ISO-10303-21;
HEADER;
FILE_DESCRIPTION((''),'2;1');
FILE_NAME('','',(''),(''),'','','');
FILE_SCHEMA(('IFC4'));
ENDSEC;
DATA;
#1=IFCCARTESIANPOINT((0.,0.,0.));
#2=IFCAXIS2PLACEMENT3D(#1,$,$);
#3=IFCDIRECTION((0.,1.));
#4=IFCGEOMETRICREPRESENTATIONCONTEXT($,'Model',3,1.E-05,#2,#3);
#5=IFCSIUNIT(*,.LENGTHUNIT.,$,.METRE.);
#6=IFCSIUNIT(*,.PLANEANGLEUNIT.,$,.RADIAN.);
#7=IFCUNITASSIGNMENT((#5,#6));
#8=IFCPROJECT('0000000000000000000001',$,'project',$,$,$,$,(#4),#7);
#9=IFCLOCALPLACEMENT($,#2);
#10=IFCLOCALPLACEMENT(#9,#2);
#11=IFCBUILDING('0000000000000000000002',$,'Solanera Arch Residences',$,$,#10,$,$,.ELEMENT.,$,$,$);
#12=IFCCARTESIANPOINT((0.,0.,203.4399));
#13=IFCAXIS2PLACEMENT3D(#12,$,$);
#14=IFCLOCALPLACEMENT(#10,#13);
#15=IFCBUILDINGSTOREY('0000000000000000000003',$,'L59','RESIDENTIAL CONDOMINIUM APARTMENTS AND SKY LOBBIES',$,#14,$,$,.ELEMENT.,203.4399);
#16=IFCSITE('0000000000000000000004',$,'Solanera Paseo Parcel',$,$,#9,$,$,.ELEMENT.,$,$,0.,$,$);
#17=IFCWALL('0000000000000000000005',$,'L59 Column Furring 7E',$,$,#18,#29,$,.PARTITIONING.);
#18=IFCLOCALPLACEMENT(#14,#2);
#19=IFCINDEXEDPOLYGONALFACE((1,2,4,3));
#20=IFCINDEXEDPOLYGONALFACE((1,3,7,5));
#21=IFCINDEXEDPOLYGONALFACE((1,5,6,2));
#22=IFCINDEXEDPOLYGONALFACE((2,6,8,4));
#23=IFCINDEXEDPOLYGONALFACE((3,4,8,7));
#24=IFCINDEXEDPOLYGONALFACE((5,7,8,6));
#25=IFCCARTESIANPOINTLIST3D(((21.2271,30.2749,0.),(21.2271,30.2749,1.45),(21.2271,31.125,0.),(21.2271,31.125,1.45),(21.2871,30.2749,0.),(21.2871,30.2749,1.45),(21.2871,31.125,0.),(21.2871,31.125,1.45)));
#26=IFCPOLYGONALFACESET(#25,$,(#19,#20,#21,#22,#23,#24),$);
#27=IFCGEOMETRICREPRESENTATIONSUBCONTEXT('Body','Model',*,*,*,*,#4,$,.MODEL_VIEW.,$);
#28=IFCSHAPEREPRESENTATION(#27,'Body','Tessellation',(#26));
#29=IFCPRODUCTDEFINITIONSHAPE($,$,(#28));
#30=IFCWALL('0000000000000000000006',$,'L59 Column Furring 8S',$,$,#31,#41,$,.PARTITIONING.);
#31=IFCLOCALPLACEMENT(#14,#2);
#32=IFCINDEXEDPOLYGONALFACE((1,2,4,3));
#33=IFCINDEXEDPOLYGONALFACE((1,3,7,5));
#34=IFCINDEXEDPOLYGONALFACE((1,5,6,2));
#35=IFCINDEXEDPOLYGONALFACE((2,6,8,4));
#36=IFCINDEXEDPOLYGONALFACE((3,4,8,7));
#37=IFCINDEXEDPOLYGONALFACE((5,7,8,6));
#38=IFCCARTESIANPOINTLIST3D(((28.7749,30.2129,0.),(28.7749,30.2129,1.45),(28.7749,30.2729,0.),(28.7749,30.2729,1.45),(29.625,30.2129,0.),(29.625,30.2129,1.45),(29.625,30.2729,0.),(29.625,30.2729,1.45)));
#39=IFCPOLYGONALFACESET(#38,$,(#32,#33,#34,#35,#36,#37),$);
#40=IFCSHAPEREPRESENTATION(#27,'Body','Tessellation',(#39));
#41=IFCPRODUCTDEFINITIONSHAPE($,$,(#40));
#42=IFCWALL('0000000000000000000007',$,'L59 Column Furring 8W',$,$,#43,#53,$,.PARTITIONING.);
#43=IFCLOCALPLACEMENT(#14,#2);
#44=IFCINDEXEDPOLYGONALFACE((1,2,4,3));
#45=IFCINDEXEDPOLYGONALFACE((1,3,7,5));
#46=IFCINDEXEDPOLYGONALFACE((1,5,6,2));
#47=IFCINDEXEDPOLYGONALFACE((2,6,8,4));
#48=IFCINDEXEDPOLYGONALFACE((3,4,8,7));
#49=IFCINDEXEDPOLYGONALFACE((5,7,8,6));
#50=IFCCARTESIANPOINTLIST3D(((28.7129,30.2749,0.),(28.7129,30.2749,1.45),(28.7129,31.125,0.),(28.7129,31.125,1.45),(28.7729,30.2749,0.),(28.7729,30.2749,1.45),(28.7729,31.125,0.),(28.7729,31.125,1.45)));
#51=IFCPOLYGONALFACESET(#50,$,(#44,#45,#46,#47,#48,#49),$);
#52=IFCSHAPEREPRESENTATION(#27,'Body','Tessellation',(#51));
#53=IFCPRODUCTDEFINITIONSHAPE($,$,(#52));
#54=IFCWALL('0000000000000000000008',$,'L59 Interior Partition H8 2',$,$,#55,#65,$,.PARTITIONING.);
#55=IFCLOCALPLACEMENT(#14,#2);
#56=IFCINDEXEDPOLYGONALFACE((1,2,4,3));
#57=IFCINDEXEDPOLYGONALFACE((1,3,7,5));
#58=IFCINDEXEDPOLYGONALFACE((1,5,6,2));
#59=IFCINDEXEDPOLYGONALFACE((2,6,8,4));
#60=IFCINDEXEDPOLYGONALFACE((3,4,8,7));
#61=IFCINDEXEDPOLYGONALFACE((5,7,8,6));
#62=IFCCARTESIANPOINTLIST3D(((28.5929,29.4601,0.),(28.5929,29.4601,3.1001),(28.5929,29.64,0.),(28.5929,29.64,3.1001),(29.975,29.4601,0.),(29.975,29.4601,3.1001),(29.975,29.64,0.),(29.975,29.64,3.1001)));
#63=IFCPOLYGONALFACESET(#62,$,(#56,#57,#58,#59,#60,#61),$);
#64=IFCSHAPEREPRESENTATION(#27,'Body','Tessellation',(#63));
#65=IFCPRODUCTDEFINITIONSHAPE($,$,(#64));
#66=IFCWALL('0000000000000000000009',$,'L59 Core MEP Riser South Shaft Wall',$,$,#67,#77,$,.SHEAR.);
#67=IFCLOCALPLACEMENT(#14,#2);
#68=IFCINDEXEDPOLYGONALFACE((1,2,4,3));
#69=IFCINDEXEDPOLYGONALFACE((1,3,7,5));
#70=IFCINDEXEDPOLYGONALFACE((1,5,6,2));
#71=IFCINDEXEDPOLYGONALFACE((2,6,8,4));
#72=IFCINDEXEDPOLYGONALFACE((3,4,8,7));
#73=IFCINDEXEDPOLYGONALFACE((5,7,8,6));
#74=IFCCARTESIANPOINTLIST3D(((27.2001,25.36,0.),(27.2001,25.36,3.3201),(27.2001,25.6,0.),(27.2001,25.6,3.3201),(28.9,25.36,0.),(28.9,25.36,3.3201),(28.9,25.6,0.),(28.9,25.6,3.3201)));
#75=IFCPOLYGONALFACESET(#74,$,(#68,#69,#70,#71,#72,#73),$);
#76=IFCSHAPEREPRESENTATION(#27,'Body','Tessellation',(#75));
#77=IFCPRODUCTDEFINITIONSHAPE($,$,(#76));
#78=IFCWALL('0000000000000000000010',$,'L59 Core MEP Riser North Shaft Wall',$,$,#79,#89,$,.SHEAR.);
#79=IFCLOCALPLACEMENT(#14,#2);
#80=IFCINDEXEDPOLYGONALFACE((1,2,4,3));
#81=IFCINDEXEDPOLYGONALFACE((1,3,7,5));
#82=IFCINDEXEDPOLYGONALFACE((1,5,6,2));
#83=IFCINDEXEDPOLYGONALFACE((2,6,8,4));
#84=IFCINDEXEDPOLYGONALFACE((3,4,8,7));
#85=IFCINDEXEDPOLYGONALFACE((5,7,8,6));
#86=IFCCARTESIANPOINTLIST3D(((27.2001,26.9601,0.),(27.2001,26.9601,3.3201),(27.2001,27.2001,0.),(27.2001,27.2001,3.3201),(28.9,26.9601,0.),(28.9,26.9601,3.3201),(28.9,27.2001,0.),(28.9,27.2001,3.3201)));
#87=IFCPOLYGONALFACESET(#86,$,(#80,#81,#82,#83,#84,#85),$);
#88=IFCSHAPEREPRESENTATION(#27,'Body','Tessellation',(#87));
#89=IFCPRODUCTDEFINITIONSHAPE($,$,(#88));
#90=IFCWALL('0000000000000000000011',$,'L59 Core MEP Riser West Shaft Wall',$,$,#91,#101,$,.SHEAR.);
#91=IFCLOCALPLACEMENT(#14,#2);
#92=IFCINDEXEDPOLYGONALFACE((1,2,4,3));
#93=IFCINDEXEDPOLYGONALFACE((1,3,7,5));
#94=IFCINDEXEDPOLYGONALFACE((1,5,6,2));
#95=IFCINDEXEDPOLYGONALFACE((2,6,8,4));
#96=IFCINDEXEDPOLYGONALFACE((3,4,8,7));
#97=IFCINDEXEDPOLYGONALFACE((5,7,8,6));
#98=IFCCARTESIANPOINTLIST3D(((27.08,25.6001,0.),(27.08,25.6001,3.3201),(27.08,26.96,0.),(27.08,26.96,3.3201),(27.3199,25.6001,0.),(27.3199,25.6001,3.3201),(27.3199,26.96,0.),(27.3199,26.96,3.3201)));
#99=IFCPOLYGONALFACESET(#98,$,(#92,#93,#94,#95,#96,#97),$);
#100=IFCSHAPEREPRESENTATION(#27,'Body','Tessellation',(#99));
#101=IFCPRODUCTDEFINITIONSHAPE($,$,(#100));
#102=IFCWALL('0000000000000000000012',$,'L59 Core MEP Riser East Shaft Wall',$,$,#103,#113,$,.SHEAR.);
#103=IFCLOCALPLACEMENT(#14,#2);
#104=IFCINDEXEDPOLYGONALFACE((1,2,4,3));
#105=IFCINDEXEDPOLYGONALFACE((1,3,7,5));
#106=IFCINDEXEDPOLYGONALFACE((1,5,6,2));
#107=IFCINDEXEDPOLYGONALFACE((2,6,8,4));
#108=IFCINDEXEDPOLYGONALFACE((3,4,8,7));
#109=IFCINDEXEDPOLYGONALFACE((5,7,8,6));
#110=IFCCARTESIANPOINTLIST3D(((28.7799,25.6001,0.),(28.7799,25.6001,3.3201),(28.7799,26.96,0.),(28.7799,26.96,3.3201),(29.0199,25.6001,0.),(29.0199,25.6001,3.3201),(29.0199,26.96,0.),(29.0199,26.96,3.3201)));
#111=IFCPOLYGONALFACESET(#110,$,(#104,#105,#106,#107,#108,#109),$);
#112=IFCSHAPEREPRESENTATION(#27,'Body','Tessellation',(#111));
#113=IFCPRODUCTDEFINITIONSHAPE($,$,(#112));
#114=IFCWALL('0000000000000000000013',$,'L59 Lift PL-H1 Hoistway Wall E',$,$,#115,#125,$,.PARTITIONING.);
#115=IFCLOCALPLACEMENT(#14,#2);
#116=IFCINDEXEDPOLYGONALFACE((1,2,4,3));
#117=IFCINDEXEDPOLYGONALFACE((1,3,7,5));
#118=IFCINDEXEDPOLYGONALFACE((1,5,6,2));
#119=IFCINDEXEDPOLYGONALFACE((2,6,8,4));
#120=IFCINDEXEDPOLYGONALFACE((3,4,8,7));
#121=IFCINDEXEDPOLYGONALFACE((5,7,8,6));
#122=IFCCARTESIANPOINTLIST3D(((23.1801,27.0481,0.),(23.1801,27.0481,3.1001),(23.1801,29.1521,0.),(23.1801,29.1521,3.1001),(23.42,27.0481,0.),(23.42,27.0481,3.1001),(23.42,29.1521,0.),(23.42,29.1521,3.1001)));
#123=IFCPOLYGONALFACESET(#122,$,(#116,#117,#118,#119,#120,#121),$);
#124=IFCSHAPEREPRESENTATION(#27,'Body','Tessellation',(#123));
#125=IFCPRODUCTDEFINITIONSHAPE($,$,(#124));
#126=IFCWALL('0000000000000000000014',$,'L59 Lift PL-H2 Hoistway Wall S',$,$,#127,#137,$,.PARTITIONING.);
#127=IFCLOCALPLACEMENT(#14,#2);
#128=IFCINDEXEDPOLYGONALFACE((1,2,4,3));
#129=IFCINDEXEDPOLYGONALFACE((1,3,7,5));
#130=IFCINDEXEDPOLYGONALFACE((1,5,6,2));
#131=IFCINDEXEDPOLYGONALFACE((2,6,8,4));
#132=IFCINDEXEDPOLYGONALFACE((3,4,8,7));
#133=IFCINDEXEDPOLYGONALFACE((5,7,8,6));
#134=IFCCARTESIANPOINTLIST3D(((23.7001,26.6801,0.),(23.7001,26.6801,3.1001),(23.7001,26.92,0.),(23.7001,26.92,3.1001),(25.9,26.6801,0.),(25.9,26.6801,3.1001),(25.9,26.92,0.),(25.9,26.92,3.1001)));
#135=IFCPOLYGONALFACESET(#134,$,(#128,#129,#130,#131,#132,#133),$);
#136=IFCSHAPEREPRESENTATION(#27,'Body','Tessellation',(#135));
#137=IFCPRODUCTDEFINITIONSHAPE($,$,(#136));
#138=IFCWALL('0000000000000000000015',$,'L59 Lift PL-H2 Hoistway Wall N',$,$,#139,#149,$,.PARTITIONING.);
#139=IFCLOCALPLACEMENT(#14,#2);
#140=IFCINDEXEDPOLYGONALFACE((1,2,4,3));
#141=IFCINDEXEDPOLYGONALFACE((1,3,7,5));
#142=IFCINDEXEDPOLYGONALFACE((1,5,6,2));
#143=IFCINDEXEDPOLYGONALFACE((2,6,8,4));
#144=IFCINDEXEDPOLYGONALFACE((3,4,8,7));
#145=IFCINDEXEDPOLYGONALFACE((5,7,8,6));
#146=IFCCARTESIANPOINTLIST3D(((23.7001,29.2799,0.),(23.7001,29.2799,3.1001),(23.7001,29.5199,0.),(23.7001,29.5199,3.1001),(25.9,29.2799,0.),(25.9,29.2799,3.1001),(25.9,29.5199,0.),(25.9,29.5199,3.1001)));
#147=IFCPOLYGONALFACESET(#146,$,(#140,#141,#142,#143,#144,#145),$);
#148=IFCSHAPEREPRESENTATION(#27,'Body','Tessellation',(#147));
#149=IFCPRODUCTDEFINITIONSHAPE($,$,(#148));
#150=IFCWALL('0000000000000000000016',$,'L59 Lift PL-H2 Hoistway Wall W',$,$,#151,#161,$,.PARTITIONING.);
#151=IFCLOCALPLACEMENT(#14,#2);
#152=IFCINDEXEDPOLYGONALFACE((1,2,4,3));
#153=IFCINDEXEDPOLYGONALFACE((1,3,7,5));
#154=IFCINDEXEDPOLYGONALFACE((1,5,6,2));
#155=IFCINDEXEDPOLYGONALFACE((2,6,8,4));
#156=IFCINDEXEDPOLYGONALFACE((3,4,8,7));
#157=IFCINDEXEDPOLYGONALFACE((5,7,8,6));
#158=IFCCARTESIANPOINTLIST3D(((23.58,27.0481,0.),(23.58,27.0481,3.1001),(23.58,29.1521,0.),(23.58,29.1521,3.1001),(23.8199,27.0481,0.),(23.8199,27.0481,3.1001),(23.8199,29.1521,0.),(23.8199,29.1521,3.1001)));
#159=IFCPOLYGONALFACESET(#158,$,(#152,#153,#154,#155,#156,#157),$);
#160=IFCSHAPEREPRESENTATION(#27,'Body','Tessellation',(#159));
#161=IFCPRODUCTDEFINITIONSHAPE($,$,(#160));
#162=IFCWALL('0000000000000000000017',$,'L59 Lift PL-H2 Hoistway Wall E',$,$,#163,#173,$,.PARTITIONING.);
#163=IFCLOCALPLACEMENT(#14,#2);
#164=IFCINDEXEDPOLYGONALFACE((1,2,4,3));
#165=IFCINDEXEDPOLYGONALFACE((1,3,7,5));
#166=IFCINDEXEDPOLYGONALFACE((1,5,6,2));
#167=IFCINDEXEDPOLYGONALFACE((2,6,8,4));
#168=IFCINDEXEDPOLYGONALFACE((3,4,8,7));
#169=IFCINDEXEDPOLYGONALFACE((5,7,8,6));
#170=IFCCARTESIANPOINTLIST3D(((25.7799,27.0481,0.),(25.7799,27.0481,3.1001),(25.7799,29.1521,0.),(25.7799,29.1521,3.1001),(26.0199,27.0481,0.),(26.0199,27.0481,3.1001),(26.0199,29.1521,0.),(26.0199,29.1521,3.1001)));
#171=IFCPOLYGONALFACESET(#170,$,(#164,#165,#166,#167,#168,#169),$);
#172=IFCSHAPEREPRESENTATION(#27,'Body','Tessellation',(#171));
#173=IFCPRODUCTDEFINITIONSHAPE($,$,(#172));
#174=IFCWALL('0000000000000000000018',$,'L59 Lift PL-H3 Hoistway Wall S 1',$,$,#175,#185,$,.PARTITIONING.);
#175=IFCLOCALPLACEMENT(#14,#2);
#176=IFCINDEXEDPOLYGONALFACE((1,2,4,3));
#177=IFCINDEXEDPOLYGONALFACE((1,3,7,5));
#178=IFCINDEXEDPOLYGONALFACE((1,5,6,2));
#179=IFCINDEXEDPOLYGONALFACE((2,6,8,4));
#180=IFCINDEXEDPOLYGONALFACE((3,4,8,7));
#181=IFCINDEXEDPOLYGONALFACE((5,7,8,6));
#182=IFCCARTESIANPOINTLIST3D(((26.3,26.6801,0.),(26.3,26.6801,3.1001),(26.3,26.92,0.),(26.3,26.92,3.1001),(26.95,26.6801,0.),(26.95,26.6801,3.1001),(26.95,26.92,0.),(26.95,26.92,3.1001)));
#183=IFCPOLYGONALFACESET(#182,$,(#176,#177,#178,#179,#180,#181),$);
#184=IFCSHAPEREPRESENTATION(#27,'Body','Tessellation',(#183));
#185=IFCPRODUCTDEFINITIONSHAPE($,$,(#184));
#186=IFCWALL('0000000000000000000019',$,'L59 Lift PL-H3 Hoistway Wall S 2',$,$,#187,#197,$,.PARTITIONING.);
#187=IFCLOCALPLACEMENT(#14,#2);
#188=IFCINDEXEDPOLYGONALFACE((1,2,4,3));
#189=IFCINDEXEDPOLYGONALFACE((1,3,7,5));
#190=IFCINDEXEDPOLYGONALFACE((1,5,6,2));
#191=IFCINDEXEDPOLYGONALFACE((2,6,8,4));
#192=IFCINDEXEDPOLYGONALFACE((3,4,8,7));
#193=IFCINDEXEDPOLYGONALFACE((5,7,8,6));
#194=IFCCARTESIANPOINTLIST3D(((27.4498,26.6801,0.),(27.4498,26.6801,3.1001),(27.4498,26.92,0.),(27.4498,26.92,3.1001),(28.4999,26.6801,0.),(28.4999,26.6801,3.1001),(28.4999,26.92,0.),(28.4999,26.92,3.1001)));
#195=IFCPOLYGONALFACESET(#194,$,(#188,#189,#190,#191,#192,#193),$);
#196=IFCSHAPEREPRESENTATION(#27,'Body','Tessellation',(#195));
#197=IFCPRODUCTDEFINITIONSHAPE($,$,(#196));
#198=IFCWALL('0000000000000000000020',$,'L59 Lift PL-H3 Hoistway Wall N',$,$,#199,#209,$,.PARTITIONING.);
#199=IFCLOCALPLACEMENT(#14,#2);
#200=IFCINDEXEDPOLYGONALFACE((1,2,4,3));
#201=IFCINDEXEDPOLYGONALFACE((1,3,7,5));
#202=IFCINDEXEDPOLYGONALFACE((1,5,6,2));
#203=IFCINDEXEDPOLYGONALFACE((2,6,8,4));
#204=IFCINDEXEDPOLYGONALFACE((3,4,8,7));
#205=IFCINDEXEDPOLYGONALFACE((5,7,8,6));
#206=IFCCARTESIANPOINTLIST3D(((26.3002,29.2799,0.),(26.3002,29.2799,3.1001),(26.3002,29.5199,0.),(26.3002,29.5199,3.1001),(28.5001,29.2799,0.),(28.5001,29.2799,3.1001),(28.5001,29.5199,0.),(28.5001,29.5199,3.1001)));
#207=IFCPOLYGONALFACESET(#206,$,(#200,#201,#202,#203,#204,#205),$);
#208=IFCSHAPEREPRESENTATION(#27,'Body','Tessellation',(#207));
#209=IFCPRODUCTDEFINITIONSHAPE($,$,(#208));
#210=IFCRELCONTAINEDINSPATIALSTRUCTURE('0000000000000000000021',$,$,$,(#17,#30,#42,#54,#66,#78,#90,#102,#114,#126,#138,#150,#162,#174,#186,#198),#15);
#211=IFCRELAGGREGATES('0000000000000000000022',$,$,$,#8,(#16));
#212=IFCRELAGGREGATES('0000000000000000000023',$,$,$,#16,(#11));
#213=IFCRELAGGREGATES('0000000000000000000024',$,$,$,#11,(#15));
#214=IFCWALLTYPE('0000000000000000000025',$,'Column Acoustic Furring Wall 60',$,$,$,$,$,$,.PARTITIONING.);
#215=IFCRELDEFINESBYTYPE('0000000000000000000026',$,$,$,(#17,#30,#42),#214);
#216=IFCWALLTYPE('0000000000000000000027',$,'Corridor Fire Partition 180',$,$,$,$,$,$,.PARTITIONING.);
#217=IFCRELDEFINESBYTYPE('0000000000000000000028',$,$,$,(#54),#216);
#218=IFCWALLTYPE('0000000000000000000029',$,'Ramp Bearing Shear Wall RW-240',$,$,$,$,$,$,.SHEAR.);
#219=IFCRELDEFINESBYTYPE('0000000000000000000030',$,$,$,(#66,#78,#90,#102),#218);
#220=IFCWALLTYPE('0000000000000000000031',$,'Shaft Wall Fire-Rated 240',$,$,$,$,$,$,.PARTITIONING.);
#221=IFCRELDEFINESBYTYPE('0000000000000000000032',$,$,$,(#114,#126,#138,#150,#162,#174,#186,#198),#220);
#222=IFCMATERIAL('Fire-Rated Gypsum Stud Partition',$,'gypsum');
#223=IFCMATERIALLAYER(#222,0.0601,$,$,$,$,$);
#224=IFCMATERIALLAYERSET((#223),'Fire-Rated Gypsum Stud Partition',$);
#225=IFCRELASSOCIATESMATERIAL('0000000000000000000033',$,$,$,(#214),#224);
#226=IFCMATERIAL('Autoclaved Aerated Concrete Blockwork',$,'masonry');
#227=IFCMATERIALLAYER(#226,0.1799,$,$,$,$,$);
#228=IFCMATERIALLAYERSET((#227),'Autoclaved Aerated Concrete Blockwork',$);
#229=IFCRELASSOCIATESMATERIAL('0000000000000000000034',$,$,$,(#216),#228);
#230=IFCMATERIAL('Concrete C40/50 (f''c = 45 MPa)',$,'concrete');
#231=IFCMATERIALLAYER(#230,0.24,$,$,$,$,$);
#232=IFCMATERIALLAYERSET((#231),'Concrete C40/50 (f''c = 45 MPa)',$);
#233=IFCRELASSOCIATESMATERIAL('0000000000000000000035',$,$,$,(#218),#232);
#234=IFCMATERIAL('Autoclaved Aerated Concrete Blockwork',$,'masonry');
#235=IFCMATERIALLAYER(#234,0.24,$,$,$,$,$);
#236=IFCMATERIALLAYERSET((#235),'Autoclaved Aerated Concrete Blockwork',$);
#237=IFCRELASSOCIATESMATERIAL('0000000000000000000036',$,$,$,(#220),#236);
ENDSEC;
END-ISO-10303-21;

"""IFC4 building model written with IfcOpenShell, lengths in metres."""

from ifc_helpers import new_model, si_unit, direction, frame, frame_2d, origin, place, context, subcontext, project, spatial, rectangle, extrude, material, layer, layer_set, type_object, element, save


model = new_model("IFC4")

# Units and contexts
model_context = context("Model", 3, precision=1e-05, world=origin(), true_north=direction((0.0, 1.0)))
body_context = subcontext(model_context, "Body", "Model", "MODEL_VIEW")
ifc_project = project(units=[si_unit("LENGTHUNIT", "METRE"), si_unit("PLANEANGLEUNIT", "RADIAN")], contexts=[model_context])

# Site, building, storey
site_placement = place(None, origin())
site = spatial("IfcSite", under=ifc_project, at=site_placement, Name="Solanera Paseo Parcel", CompositionType="ELEMENT", RefElevation=0.0)
building_placement = place(site_placement, origin())
building = spatial("IfcBuilding", under=site, at=building_placement, Name="Solanera Arch Residences", CompositionType="ELEMENT")
storey_placement = place(building_placement, frame((0.0, 0.0, 203.4399)))
storey = spatial("IfcBuildingStorey", under=building, at=storey_placement, Name="L59", Description="RESIDENTIAL CONDOMINIUM APARTMENTS AND SKY LOBBIES", CompositionType="ELEMENT", Elevation=203.4399)

# Walls
ifc_material_1 = material(Name="Fire-Rated Gypsum Stud Partition", Category="gypsum")
ifc_layer_1 = layer(ifc_material_1, 0.0601)
ifc_layer_set_1 = layer_set([ifc_layer_1], Name="Fire-Rated Gypsum Stud Partition")
wall_type_1 = type_object("IfcWallType", Name="Column Acoustic Furring Wall 60", PredefinedType="PARTITIONING", material=ifc_layer_set_1)
for number, where, z_axis, x_axis, name in (
    (1, (21.2571, 30.2749, 0.0), (0.0, 0.0, 1.0), (0.0, 1.0, 0.0), "L59 Column Furring 7E"),
    (2, (28.7749, 30.2429, 0.0), (0.0, 0.0, 1.0), (1.0, 0.0, 0.0), "L59 Column Furring 8S"),
    (3, (28.7429, 30.2749, 0.0), (0.0, 0.0, 1.0), (0.0, 1.0, 0.0), "L59 Column Furring 8W"),
):
    element("IfcWall", number, at=place(storey_placement, frame(where, z_axis=z_axis, x_axis=x_axis)), inside=storey, type_object=wall_type_1, Name=name, PredefinedType="PARTITIONING", context=body_context, shape_type="SweptSolid", body=[
        extrude(rectangle(XDim=0.8501, YDim=0.0601, at=frame_2d((0.425, 0.0))), origin(), (0.0, 0.0, 1.0), 1.45),
    ])
ifc_material_2 = material(Name="Autoclaved Aerated Concrete Blockwork", Category="masonry")
ifc_layer_2 = layer(ifc_material_2, 0.1799)
ifc_layer_set_2 = layer_set([ifc_layer_2], Name="Autoclaved Aerated Concrete Blockwork")
wall_type_2 = type_object("IfcWallType", Name="Corridor Fire Partition 180", PredefinedType="PARTITIONING", material=ifc_layer_set_2)
wall_1_placement = place(storey_placement, frame((28.593, 29.55, 0.0), z_axis=(0.0, 0.0, 1.0), x_axis=(1.0, 0.0, 0.0)))
element("IfcWall", 4, at=wall_1_placement, inside=storey, type_object=wall_type_2, Name="L59 Interior Partition H8 2", PredefinedType="PARTITIONING", context=body_context, shape_type="SweptSolid", body=[
    extrude(rectangle(XDim=1.3821, YDim=0.1799, at=frame_2d((0.6909, 0.0))), origin(), (0.0, 0.0, 1.0), 3.1001),
])
ifc_material_3 = material(Name="Concrete C40/50 (f'c = 45 MPa)", Category="concrete")
ifc_layer_3 = layer(ifc_material_3, 0.24)
ifc_layer_set_3 = layer_set([ifc_layer_3], Name="Concrete C40/50 (f'c = 45 MPa)")
wall_type_3 = type_object("IfcWallType", Name="Ramp Bearing Shear Wall RW-240", PredefinedType="SHEAR", material=ifc_layer_set_3)
for number, where, z_axis, x_axis, name in (
    (5, (27.2, 25.48, 0.0), (0.0, 0.0, 1.0), (1.0, 0.0, 0.0), "L59 Core MEP Riser South Shaft Wall"),
    (6, (27.2, 27.0801, 0.0), (0.0, 0.0, 1.0), (1.0, 0.0, 0.0), "L59 Core MEP Riser North Shaft Wall"),
):
    element("IfcWall", number, at=place(storey_placement, frame(where, z_axis=z_axis, x_axis=x_axis)), inside=storey, type_object=wall_type_3, Name=name, PredefinedType="SHEAR", context=body_context, shape_type="SweptSolid", body=[
        extrude(rectangle(XDim=1.7, YDim=0.24, at=frame_2d((0.8501, 0.0))), origin(), (0.0, 0.0, 1.0), 3.3201),
    ])
for number, where, z_axis, x_axis, name in (
    (7, (27.2, 25.6001, 0.0), (0.0, 0.0, 1.0), (0.0, 1.0, 0.0), "L59 Core MEP Riser West Shaft Wall"),
    (8, (28.8999, 25.6001, 0.0), (0.0, 0.0, 1.0), (0.0, 1.0, 0.0), "L59 Core MEP Riser East Shaft Wall"),
):
    element("IfcWall", number, at=place(storey_placement, frame(where, z_axis=z_axis, x_axis=x_axis)), inside=storey, type_object=wall_type_3, Name=name, PredefinedType="SHEAR", context=body_context, shape_type="SweptSolid", body=[
        extrude(rectangle(XDim=1.3599, YDim=0.24, at=frame_2d((0.6799, 0.0))), origin(), (0.0, 0.0, 1.0), 3.3201),
    ])
ifc_material_4 = material(Name="Autoclaved Aerated Concrete Blockwork", Category="masonry")
ifc_layer_4 = layer(ifc_material_4, 0.24)
ifc_layer_set_4 = layer_set([ifc_layer_4], Name="Autoclaved Aerated Concrete Blockwork")
wall_type_4 = type_object("IfcWallType", Name="Shaft Wall Fire-Rated 240", PredefinedType="PARTITIONING", material=ifc_layer_set_4)
wall_2_placement = place(storey_placement, frame((23.3, 27.0481, 0.0), z_axis=(0.0, 0.0, 1.0), x_axis=(0.0, 1.0, 0.0)))
element("IfcWall", 9, at=wall_2_placement, inside=storey, type_object=wall_type_4, Name="L59 Lift PL-H1 Hoistway Wall E", PredefinedType="PARTITIONING", context=body_context, shape_type="SweptSolid", body=[
    extrude(rectangle(XDim=2.104, YDim=0.24, at=frame_2d((1.052, 0.0))), origin(), (0.0, 0.0, 1.0), 3.1001),
])
for number, where, z_axis, x_axis, name in (
    (10, (23.7, 26.8, 0.0), (0.0, 0.0, 1.0), (1.0, 0.0, 0.0), "L59 Lift PL-H2 Hoistway Wall S"),
    (11, (23.7, 29.3999, 0.0), (0.0, 0.0, 1.0), (1.0, 0.0, 0.0), "L59 Lift PL-H2 Hoistway Wall N"),
):
    element("IfcWall", number, at=place(storey_placement, frame(where, z_axis=z_axis, x_axis=x_axis)), inside=storey, type_object=wall_type_4, Name=name, PredefinedType="PARTITIONING", context=body_context, shape_type="SweptSolid", body=[
        extrude(rectangle(XDim=2.2, YDim=0.24, at=frame_2d((1.1001, 0.0))), origin(), (0.0, 0.0, 1.0), 3.1001),
    ])
for number, where, z_axis, x_axis, name in (
    (12, (23.7, 27.0481, 0.0), (0.0, 0.0, 1.0), (0.0, 1.0, 0.0), "L59 Lift PL-H2 Hoistway Wall W"),
    (13, (25.8999, 27.0481, 0.0), (0.0, 0.0, 1.0), (0.0, 1.0, 0.0), "L59 Lift PL-H2 Hoistway Wall E"),
):
    element("IfcWall", number, at=place(storey_placement, frame(where, z_axis=z_axis, x_axis=x_axis)), inside=storey, type_object=wall_type_4, Name=name, PredefinedType="PARTITIONING", context=body_context, shape_type="SweptSolid", body=[
        extrude(rectangle(XDim=2.104, YDim=0.24, at=frame_2d((1.052, 0.0))), origin(), (0.0, 0.0, 1.0), 3.1001),
    ])
wall_3_placement = place(storey_placement, frame((26.3, 26.8, 0.0), z_axis=(0.0, 0.0, 1.0), x_axis=(1.0, 0.0, 0.0)))
element("IfcWall", 14, at=wall_3_placement, inside=storey, type_object=wall_type_4, Name="L59 Lift PL-H3 Hoistway Wall S 1", PredefinedType="PARTITIONING", context=body_context, shape_type="SweptSolid", body=[
    extrude(rectangle(XDim=0.6499, YDim=0.24, at=frame_2d((0.325, 0.0))), origin(), (0.0, 0.0, 1.0), 3.1001),
])
wall_4_placement = place(storey_placement, frame((27.45, 26.8, 0.0), z_axis=(0.0, 0.0, 1.0), x_axis=(1.0, 0.0, 0.0)))
element("IfcWall", 15, at=wall_4_placement, inside=storey, type_object=wall_type_4, Name="L59 Lift PL-H3 Hoistway Wall S 2", PredefinedType="PARTITIONING", context=body_context, shape_type="SweptSolid", body=[
    extrude(rectangle(XDim=1.05, YDim=0.24, at=frame_2d((0.5249, 0.0))), origin(), (0.0, 0.0, 1.0), 3.1001),
])
wall_5_placement = place(storey_placement, frame((26.3, 29.3999, 0.0), z_axis=(0.0, 0.0, 1.0), x_axis=(1.0, 0.0, 0.0)))
element("IfcWall", 16, at=wall_5_placement, inside=storey, type_object=wall_type_4, Name="L59 Lift PL-H3 Hoistway Wall N", PredefinedType="PARTITIONING", context=body_context, shape_type="SweptSolid", body=[
    extrude(rectangle(XDim=2.2, YDim=0.24, at=frame_2d((1.1001, 0.0))), origin(), (0.0, 0.0, 1.0), 3.1001),
])

save(model, "model.ifc")
